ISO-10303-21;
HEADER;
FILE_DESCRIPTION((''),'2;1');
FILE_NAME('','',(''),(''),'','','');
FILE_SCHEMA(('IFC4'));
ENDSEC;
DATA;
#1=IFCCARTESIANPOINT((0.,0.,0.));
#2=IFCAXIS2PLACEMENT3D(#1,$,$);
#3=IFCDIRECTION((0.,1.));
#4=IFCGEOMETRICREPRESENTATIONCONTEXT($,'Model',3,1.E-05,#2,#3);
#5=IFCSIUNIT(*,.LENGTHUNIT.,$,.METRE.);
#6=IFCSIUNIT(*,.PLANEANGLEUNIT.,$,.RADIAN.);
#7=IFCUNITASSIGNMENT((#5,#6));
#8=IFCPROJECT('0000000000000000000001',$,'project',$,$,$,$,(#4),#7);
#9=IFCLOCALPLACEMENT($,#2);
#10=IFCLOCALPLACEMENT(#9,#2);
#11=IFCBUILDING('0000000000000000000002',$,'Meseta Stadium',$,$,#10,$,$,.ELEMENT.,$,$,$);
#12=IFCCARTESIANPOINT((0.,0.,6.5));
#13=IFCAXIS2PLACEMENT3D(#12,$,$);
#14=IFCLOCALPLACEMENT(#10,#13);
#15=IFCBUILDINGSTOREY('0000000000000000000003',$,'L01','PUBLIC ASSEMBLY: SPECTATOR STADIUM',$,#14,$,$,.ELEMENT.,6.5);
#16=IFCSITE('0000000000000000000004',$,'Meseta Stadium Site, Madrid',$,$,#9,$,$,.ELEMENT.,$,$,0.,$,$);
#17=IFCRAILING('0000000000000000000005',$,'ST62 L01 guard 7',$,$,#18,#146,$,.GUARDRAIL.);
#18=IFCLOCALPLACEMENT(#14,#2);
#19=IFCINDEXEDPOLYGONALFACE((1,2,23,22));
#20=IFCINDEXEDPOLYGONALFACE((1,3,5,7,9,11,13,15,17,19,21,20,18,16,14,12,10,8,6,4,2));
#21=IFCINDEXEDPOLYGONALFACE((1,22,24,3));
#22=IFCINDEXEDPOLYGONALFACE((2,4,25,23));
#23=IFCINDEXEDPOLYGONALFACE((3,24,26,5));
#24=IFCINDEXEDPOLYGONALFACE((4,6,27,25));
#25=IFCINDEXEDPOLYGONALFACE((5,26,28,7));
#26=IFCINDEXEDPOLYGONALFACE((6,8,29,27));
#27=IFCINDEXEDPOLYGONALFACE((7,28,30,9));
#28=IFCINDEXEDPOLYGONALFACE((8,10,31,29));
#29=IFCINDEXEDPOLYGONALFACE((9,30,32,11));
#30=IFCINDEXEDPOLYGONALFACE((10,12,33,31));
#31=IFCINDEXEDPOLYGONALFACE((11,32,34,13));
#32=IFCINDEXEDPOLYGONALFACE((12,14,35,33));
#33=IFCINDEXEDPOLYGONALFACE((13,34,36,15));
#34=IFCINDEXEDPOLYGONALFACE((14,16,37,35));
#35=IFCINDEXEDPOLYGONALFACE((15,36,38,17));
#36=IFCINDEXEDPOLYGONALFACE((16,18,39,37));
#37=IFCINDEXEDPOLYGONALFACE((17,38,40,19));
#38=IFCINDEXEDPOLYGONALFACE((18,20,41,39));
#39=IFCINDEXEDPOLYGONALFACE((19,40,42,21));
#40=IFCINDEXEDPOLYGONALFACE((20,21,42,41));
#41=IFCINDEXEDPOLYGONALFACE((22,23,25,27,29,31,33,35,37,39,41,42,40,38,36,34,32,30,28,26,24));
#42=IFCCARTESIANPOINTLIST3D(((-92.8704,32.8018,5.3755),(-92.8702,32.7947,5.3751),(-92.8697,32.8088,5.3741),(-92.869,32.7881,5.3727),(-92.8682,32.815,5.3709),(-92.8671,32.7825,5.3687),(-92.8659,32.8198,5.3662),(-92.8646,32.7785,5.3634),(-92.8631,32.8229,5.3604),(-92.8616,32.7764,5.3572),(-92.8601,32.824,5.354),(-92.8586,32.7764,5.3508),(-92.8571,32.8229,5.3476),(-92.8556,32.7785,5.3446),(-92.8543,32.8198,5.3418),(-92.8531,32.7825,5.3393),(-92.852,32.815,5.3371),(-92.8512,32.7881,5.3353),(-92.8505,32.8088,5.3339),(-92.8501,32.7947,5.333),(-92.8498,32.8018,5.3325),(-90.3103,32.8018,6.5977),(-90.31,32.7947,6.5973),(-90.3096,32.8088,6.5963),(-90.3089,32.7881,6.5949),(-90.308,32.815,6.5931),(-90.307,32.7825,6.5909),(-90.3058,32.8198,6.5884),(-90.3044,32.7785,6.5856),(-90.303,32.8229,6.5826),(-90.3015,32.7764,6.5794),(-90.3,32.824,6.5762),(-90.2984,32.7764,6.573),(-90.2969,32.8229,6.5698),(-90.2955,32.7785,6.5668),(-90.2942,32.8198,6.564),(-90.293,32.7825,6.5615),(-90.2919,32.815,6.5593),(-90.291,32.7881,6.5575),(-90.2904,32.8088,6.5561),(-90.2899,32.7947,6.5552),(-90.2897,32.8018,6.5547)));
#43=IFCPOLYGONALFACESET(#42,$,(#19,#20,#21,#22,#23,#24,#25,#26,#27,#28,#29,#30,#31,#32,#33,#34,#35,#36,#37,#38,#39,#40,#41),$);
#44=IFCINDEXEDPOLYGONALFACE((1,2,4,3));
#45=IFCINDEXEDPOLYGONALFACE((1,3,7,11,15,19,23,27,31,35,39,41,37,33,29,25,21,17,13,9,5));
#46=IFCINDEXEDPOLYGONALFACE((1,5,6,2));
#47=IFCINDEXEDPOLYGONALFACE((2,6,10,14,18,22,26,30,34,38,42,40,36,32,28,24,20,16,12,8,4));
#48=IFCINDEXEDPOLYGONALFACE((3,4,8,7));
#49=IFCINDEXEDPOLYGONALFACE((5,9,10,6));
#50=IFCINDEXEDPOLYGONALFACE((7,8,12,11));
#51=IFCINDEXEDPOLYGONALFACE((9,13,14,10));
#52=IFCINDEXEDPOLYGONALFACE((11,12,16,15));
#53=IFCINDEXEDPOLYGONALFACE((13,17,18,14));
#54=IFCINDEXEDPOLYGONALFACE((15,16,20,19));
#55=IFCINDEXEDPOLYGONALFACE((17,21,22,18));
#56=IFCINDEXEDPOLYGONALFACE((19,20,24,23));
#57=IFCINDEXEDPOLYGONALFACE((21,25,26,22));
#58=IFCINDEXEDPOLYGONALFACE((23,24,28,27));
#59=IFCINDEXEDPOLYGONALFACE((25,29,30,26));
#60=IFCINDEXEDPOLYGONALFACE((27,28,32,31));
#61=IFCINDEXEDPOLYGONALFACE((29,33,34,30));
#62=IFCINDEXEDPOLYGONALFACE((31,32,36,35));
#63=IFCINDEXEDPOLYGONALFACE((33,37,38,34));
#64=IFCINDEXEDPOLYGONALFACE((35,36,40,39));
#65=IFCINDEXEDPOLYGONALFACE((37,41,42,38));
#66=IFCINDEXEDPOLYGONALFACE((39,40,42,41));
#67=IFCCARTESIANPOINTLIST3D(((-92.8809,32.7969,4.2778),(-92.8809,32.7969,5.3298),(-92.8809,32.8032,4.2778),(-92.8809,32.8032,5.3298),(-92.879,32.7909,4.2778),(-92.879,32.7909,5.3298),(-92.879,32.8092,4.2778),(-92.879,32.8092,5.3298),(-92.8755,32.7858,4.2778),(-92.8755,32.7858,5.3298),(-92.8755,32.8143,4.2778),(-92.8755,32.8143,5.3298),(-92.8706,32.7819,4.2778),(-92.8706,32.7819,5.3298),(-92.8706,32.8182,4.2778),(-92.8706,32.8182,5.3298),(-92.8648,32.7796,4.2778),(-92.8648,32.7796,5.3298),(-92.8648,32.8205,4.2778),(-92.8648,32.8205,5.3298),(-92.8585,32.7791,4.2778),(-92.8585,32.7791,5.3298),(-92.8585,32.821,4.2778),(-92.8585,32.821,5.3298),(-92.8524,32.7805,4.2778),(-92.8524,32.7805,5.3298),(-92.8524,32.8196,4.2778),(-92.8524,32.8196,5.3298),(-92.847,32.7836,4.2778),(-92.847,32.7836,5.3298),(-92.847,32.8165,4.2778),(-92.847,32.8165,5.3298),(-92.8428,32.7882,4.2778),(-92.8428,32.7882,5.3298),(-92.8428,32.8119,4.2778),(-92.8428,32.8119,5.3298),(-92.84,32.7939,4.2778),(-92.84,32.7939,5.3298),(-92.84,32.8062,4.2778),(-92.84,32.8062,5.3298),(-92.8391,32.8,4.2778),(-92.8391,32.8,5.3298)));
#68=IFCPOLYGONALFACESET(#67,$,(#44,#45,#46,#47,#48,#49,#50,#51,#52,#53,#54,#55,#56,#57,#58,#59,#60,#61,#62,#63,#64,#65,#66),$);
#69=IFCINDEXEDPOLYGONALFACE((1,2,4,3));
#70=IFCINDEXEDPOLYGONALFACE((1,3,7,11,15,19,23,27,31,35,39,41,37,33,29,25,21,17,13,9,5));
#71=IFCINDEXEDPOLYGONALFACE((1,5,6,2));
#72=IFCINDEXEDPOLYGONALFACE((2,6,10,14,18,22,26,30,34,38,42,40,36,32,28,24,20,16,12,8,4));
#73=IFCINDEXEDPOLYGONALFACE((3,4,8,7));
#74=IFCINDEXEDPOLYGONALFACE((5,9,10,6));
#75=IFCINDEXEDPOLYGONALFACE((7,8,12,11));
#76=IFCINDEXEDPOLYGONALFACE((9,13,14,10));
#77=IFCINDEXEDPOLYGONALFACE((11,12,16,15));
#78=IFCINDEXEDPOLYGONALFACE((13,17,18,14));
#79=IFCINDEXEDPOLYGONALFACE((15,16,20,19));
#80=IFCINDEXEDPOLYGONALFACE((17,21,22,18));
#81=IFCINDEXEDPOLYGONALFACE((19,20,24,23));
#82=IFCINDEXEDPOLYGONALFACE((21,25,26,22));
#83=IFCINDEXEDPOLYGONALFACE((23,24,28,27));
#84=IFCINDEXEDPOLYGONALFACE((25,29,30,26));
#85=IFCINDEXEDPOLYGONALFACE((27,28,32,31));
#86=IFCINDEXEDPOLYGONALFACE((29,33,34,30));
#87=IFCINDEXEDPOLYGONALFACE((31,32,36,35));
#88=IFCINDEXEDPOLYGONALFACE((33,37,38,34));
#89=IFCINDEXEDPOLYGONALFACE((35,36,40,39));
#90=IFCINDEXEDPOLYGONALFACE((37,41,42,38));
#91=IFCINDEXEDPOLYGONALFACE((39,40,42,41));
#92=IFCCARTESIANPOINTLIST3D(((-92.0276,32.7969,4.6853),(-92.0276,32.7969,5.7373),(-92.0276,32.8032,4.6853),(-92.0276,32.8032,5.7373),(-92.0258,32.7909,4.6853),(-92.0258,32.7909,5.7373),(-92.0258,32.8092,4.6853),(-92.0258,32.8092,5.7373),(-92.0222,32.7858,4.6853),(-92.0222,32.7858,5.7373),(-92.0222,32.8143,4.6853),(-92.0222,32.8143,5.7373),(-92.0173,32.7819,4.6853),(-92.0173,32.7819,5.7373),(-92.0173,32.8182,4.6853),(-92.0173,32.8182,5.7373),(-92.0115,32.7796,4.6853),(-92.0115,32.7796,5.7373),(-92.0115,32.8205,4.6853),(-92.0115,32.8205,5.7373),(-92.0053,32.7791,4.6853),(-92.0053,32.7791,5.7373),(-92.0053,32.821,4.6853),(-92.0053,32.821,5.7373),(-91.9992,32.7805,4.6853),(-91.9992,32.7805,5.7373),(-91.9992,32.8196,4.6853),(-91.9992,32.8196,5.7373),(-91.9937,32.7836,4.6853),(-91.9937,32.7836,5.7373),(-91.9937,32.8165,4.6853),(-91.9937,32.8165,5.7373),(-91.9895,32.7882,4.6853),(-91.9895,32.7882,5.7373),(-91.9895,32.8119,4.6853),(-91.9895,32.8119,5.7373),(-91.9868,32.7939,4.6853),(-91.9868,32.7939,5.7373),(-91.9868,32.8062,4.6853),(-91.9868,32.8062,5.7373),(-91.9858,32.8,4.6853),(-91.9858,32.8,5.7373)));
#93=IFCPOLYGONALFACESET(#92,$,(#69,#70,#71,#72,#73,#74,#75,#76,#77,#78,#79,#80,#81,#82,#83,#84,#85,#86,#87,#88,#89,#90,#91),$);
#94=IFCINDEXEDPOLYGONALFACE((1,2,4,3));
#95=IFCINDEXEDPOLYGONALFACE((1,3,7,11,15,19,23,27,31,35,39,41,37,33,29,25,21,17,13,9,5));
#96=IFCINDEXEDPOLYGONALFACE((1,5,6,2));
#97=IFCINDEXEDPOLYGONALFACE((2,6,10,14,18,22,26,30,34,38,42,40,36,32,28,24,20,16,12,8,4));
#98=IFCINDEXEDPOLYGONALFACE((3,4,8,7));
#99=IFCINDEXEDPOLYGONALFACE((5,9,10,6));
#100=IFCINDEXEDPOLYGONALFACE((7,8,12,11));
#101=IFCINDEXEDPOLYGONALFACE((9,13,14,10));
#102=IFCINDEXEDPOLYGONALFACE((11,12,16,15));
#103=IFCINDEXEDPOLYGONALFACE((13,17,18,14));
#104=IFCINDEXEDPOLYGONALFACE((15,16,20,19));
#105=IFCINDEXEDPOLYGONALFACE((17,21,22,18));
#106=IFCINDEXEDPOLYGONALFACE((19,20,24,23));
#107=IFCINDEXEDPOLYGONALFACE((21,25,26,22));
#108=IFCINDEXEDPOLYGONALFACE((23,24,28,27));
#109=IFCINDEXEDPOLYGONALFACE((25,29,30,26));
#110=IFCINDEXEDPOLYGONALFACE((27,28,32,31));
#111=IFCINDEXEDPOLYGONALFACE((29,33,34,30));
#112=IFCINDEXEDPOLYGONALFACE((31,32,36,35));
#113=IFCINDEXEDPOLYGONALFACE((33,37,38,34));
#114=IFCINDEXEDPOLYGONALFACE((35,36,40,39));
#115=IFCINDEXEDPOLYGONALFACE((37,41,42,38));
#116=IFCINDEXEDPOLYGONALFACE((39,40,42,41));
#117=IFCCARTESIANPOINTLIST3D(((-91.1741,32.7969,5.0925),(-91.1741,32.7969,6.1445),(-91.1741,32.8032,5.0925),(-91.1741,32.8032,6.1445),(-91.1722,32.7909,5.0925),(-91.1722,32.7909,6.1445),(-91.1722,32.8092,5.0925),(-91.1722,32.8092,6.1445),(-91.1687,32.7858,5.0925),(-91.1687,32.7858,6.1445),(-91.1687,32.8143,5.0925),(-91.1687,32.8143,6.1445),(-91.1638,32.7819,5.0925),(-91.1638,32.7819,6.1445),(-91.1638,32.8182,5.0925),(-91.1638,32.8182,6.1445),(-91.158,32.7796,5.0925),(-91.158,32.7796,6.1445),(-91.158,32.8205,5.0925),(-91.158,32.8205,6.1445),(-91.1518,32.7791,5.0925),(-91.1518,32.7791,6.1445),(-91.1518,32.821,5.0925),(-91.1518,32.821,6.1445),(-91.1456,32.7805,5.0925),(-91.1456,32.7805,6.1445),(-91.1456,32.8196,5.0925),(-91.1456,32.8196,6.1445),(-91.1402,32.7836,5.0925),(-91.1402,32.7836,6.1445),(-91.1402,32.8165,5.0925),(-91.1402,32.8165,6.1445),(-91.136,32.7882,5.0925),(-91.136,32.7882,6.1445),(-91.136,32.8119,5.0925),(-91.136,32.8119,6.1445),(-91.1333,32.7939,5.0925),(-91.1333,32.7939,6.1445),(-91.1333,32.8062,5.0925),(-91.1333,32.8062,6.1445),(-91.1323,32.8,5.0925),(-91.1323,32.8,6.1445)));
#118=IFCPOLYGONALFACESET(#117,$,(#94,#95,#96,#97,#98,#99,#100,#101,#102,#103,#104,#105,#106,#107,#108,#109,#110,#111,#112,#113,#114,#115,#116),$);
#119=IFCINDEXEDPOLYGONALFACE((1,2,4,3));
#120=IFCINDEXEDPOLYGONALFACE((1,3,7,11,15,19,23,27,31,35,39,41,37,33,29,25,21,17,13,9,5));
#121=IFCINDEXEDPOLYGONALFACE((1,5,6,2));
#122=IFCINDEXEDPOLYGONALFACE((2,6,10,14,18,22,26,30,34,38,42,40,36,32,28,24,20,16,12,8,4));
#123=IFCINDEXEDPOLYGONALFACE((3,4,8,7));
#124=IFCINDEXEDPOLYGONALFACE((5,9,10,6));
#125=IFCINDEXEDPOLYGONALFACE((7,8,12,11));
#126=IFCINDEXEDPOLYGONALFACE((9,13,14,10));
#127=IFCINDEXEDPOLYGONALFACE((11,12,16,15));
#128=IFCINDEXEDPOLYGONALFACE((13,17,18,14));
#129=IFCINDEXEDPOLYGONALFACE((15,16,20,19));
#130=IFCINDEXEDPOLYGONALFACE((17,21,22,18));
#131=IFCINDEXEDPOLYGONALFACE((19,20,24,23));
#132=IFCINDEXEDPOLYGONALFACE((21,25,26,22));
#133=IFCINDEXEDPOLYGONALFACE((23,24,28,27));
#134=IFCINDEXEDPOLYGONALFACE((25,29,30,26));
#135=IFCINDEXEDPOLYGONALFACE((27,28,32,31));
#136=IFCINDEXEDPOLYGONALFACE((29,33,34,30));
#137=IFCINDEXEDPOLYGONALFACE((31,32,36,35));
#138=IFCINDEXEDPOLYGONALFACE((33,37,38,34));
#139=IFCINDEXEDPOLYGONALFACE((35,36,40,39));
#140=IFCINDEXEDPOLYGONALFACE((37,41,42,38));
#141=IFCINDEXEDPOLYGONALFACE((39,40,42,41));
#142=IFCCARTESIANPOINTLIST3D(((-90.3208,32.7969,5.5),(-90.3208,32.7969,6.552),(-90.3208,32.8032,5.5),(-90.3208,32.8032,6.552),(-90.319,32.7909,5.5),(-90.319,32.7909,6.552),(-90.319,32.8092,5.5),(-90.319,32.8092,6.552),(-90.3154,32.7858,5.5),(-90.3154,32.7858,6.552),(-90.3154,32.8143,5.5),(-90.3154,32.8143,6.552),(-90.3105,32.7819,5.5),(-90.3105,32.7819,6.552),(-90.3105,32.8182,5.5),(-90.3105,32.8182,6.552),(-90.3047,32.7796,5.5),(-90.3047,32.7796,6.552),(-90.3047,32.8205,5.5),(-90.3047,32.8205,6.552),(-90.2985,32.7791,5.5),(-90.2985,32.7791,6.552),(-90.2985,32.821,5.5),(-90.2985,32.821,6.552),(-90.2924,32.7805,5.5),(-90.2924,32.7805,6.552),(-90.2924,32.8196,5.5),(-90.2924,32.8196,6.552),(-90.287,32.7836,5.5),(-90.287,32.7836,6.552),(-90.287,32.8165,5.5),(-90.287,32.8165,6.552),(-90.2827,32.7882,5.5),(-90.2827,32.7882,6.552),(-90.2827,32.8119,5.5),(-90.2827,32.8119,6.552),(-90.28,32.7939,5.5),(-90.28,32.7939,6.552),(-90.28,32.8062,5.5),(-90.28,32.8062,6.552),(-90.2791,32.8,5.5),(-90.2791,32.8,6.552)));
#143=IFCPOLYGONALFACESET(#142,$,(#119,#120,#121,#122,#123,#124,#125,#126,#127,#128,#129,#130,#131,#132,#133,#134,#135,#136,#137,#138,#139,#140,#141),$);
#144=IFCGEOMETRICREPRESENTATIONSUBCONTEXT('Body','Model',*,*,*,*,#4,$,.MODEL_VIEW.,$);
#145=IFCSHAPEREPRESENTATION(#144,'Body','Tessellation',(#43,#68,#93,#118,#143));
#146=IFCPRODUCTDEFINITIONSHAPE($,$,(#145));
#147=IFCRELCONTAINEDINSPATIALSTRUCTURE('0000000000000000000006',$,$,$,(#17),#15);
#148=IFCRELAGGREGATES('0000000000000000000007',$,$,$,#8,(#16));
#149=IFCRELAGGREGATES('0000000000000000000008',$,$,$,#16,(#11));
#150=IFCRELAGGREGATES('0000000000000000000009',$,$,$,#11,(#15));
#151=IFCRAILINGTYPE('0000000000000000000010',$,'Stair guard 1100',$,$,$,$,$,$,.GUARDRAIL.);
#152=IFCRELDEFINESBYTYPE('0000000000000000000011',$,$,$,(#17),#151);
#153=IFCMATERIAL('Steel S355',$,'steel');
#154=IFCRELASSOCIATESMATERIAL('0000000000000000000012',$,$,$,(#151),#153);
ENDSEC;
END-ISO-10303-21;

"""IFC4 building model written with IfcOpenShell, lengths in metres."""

from ifc_helpers import new_model, si_unit, direction, frame, origin, origin_2d, place, context, subcontext, project, spatial, circle, extrude, material, type_object, element, save


model = new_model("IFC4")

# Units and contexts
model_context = context("Model", 3, precision=1e-05, world=origin(), true_north=direction((0.0, 1.0)))
body_context = subcontext(model_context, "Body", "Model", "MODEL_VIEW")
ifc_project = project(units=[si_unit("LENGTHUNIT", "METRE"), si_unit("PLANEANGLEUNIT", "RADIAN")], contexts=[model_context])

# Site, building, storey
site_placement = place(None, origin())
site = spatial("IfcSite", under=ifc_project, at=site_placement, Name="Meseta Stadium Site, Madrid", CompositionType="ELEMENT", RefElevation=0.0)
building_placement = place(site_placement, origin())
building = spatial("IfcBuilding", under=site, at=building_placement, Name="Meseta Stadium", CompositionType="ELEMENT")
storey_placement = place(building_placement, frame((0.0, 0.0, 6.5)))
storey = spatial("IfcBuildingStorey", under=building, at=storey_placement, Name="L01", Description="PUBLIC ASSEMBLY: SPECTATOR STADIUM", CompositionType="ELEMENT", Elevation=6.5)

# Railing
ifc_material_1 = material(Name="Steel S355", Category="steel")
railing_type_1 = type_object("IfcRailingType", Name="Stair guard 1100", PredefinedType="GUARDRAIL", material=ifc_material_1)
railing_1_placement = place(storey_placement, frame((-92.8601, 32.8, 4.2778)))
element("IfcRailing", 1, at=railing_1_placement, inside=storey, type_object=railing_type_1, Name="ST62 L01 guard 7", PredefinedType="GUARDRAIL", context=body_context, shape_type="SweptSolid", body=[
    extrude(circle(Radius=0.0239, at=origin_2d()), frame((0.0, 0.0, 1.0762), z_axis=(0.902437, 0.0, 0.430822), x_axis=(0.0, 1.0, 0.0)), (0.0, 0.0, 1.0), 2.8369),
    extrude(circle(Radius=0.021, at=origin_2d()), origin(), (0.0, 0.0, 1.0), 1.052),
    extrude(circle(Radius=0.021, at=origin_2d()), frame((0.8533, 0.0, 0.4075)), (0.0, 0.0, 1.0), 1.052),
    extrude(circle(Radius=0.021, at=origin_2d()), frame((1.7068, 0.0, 0.8147)), (0.0, 0.0, 1.0), 1.052),
    extrude(circle(Radius=0.021, at=origin_2d()), frame((2.5601, 0.0, 1.2222)), (0.0, 0.0, 1.0), 1.052),
])

save(model, "model.ifc")
